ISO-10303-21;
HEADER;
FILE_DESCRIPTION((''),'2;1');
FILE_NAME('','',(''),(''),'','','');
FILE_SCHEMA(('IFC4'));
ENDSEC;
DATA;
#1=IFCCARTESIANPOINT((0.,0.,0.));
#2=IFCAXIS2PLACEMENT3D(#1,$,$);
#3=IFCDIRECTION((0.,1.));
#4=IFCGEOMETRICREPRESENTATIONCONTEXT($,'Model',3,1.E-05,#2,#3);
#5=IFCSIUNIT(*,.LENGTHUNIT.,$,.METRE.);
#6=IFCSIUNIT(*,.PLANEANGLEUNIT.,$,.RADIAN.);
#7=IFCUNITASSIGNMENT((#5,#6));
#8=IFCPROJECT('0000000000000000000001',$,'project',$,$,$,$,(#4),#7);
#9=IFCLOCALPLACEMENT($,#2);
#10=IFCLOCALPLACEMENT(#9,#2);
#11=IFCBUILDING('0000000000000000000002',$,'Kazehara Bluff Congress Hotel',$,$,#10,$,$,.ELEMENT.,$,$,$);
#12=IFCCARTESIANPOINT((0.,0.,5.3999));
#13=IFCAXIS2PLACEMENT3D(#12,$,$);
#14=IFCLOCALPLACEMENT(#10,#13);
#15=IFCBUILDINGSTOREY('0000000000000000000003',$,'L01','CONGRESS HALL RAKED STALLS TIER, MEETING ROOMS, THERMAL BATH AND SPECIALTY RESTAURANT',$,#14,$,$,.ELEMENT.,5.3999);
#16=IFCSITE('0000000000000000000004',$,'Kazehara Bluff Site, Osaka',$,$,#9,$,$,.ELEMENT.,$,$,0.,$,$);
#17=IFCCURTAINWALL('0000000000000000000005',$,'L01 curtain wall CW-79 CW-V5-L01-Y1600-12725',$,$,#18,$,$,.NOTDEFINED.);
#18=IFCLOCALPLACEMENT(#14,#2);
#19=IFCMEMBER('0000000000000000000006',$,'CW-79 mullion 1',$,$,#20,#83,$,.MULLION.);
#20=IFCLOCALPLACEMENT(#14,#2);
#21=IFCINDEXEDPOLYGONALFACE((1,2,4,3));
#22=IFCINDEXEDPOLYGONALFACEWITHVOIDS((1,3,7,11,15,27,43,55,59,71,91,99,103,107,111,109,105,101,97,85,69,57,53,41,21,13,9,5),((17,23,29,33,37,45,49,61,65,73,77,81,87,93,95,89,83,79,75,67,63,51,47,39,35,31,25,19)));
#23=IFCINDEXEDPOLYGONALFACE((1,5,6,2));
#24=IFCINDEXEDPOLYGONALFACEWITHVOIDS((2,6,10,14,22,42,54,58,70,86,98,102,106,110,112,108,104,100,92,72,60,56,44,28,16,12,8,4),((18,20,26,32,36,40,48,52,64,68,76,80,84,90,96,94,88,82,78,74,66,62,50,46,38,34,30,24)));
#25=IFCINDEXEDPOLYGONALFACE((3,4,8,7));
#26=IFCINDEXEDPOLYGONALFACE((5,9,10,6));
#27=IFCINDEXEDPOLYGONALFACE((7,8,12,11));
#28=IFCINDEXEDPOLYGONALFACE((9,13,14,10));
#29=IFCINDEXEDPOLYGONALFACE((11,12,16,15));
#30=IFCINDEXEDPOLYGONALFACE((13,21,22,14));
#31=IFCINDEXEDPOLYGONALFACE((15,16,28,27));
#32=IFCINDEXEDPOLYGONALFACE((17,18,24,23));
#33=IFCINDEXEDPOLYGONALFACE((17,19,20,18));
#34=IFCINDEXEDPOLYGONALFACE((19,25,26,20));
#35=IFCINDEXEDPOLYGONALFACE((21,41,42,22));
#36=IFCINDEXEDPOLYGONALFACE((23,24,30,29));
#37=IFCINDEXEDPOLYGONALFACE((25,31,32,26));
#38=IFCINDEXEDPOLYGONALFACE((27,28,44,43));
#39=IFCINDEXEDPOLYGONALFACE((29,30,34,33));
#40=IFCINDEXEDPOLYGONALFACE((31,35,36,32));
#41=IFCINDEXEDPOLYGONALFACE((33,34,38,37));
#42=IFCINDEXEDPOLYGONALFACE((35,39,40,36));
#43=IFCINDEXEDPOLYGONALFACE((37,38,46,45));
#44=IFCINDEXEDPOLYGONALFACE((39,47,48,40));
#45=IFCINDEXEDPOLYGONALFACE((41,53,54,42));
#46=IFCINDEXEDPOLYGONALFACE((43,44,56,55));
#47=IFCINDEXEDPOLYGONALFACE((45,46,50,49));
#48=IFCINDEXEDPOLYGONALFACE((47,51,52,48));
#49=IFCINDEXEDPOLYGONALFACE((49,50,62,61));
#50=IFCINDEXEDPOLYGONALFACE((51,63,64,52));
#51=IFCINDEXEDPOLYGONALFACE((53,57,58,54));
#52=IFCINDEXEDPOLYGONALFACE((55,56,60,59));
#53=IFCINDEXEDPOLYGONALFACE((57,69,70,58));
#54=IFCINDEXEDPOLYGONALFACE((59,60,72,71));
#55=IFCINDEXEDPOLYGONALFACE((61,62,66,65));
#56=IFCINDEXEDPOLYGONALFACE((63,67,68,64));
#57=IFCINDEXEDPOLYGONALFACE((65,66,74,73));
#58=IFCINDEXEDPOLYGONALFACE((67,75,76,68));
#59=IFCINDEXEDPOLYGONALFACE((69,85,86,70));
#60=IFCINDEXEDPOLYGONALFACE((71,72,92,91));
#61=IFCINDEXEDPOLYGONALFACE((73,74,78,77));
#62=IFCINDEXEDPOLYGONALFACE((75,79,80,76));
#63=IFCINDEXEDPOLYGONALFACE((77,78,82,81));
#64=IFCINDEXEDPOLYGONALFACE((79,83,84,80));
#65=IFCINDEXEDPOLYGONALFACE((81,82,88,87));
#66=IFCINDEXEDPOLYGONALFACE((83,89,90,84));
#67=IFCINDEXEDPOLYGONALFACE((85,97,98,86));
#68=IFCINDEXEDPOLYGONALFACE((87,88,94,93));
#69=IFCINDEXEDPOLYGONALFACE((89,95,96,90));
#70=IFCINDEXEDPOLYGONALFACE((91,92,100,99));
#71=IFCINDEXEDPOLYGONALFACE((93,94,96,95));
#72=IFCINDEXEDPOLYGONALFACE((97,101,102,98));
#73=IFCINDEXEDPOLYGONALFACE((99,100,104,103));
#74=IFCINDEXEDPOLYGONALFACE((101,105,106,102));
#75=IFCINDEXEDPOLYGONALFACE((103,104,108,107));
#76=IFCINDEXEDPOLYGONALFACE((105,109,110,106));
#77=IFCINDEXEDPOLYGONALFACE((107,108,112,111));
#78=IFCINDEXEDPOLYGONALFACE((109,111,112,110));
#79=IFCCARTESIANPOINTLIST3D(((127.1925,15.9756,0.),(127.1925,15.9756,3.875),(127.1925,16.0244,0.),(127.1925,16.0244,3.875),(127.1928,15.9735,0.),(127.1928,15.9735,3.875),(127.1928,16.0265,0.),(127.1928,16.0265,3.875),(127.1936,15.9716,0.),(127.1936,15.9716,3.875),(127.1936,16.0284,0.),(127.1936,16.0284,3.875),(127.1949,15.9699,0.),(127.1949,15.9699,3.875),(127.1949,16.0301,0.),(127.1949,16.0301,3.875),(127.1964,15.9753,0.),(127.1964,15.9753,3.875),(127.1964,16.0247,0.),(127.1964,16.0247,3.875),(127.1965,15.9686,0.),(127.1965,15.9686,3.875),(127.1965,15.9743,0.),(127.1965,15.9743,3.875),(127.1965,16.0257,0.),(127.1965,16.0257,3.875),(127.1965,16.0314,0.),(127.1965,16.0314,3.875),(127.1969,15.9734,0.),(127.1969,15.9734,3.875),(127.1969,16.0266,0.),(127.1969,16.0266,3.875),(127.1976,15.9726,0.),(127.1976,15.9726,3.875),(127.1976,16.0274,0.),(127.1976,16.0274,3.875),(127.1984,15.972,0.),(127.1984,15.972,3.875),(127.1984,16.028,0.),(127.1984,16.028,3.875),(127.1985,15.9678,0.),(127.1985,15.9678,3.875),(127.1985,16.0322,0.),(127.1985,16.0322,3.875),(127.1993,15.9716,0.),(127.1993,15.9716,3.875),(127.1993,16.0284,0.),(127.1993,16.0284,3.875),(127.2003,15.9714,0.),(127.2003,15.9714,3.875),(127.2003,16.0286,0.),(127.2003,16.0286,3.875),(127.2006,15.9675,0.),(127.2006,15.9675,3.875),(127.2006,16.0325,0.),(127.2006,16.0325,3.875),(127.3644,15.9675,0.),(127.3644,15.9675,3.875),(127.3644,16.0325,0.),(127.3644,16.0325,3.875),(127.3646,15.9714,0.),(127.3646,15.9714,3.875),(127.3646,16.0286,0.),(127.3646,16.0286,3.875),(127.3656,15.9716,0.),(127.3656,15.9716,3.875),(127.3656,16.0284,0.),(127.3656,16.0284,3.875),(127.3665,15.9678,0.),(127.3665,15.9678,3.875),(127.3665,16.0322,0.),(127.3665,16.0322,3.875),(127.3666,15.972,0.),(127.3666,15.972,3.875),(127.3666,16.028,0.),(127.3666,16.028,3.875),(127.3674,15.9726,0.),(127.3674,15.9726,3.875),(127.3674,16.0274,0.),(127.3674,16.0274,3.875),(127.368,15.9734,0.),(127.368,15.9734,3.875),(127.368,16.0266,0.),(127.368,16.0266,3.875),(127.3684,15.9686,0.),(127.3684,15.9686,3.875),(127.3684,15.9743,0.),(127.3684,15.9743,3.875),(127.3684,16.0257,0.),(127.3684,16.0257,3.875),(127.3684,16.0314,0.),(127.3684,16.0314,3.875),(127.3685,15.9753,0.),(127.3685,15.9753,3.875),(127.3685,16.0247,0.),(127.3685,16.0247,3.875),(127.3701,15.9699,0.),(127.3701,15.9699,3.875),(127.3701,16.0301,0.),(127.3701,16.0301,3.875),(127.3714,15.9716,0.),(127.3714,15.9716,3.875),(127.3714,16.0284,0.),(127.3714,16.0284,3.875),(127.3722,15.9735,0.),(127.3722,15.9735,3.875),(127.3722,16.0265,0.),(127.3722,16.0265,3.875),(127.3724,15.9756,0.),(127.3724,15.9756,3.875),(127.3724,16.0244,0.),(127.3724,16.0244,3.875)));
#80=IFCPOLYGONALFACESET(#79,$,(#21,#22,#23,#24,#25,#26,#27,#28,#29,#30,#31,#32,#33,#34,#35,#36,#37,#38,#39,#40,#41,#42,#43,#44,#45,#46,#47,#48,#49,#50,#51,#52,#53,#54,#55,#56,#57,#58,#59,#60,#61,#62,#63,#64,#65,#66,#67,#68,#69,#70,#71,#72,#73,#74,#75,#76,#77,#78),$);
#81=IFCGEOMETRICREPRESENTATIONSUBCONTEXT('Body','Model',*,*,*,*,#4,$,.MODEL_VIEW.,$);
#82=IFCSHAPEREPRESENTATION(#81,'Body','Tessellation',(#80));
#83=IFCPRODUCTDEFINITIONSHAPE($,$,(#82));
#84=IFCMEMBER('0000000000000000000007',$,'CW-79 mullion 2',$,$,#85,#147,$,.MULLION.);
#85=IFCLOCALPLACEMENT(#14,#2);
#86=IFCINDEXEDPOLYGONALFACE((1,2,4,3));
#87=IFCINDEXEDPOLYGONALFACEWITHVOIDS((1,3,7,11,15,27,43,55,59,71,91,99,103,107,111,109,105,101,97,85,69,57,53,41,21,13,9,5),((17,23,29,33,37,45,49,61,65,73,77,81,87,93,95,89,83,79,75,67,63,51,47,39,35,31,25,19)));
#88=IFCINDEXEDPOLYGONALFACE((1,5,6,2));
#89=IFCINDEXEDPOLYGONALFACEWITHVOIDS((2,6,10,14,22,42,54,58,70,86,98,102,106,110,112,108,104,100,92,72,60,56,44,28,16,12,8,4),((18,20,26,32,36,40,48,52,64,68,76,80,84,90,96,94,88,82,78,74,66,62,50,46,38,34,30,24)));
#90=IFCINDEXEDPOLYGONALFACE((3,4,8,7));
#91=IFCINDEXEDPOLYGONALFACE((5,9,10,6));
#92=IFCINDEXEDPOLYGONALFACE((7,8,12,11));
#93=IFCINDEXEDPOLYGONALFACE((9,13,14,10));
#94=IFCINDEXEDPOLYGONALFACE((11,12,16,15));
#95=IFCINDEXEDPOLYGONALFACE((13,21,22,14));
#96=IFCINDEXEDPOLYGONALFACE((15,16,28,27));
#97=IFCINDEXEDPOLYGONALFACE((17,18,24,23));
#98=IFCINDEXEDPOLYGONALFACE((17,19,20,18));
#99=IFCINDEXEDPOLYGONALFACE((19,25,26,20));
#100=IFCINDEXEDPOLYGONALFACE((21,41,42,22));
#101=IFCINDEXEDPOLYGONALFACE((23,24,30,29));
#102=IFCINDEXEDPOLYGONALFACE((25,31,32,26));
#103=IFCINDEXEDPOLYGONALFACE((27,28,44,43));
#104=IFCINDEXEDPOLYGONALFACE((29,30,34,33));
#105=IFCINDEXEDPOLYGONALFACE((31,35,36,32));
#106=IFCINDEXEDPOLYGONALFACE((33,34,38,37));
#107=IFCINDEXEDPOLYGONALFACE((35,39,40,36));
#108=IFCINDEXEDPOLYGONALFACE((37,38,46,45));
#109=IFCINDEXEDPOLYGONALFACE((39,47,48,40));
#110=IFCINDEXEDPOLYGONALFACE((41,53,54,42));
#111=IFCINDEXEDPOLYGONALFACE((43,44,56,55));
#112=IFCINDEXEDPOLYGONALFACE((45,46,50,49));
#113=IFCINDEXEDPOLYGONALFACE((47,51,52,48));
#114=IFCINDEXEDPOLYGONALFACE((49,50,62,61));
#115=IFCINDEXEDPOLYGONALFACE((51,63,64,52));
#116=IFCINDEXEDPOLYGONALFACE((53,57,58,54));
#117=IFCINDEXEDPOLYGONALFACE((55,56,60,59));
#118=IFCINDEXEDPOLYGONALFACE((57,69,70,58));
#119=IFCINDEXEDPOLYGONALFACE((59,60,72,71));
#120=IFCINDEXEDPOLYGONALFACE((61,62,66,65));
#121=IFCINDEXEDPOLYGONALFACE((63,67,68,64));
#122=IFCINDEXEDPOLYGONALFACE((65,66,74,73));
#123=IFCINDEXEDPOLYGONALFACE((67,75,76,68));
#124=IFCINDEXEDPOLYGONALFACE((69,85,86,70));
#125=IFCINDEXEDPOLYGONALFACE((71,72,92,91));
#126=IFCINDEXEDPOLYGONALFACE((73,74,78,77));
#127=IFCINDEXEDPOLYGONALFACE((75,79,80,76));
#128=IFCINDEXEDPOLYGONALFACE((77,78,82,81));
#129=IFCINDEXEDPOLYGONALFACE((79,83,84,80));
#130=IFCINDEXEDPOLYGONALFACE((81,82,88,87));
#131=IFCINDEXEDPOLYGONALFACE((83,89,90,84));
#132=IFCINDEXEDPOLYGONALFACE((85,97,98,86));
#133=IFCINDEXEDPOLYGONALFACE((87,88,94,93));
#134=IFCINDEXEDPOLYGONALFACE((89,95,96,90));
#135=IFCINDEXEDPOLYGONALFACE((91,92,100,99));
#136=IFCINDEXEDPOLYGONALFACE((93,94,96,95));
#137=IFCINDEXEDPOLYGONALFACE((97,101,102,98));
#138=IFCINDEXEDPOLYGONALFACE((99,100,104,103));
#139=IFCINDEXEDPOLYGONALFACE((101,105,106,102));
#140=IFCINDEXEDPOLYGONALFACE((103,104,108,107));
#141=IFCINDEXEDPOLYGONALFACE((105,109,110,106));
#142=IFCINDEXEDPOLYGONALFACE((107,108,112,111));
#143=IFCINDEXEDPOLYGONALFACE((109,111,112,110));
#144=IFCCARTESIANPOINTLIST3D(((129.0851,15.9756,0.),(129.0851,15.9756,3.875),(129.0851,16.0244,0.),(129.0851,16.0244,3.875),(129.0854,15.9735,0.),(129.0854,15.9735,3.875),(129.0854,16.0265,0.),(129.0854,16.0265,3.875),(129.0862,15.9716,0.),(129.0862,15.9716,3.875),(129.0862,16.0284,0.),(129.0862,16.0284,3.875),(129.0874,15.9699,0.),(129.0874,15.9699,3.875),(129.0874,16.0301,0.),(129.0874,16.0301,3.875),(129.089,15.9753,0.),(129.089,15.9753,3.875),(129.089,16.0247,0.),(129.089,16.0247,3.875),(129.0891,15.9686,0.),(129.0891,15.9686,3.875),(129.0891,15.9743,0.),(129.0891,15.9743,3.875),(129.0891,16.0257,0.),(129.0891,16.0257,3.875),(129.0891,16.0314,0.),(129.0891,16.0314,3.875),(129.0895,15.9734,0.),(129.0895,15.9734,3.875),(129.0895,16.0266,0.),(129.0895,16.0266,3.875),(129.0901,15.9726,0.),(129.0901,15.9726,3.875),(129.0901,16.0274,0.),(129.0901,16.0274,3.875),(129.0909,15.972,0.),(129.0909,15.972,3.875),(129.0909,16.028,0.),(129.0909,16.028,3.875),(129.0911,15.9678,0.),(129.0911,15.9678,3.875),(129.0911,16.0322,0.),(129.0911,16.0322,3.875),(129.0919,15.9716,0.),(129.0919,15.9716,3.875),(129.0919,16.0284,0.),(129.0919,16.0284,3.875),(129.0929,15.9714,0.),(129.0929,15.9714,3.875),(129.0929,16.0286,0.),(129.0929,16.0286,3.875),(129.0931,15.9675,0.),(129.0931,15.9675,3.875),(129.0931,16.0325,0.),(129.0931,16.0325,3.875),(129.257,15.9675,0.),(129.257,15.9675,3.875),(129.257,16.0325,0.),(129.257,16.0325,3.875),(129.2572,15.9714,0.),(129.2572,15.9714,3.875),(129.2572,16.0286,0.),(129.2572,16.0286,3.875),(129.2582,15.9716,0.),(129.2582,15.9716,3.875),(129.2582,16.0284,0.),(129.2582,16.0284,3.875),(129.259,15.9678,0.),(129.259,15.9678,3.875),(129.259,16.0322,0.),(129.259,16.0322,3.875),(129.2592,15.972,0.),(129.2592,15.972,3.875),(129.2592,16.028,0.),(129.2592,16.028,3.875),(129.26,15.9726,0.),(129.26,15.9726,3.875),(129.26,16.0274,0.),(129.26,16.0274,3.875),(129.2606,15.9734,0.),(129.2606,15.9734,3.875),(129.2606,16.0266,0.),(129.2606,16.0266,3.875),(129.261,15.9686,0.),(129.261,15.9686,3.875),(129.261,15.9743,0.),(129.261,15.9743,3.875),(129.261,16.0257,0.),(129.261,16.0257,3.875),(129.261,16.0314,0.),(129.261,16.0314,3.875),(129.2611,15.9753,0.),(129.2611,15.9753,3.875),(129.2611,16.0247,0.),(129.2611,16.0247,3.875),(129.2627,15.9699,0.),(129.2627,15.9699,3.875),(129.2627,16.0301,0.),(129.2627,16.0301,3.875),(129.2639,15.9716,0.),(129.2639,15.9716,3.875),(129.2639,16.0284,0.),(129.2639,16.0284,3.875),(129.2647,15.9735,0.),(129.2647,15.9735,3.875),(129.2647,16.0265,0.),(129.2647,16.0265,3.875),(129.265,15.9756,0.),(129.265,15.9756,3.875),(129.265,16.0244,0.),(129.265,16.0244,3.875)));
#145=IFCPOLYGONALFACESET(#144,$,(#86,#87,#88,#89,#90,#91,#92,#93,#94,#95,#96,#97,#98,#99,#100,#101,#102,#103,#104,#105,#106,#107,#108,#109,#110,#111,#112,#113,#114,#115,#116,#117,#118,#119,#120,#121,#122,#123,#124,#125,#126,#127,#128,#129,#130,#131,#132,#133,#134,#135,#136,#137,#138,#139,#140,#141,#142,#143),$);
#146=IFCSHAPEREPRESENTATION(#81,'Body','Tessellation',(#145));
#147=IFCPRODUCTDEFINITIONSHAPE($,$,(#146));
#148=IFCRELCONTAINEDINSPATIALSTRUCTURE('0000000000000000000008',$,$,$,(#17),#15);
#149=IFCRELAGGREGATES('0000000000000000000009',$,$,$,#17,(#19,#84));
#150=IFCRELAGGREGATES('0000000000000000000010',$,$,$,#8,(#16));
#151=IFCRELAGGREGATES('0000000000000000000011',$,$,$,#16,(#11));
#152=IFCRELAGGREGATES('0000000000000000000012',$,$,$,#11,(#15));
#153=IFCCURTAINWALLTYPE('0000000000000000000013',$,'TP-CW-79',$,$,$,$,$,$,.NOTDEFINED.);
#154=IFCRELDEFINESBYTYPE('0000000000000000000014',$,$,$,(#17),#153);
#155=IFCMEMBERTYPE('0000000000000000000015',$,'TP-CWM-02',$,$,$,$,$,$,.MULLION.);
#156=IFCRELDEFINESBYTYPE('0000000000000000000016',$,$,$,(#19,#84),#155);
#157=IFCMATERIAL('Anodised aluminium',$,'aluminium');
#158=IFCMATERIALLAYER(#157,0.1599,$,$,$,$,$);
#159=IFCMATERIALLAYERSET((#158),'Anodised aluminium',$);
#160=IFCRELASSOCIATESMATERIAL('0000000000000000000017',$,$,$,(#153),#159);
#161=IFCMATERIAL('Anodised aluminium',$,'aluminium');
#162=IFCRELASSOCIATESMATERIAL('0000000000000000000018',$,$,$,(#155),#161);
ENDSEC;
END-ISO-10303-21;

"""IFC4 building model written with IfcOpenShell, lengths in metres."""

from ifc_helpers import new_model, si_unit, direction, frame, origin, origin_2d, place, context, subcontext, project, spatial, hollow_rectangle, extrude, material, layer, layer_set, material_profile, profile_set, type_object, element, aggregate, save


model = new_model("IFC4")

# Units and contexts
model_context = context("Model", 3, precision=1e-05, world=origin(), true_north=direction((0.0, 1.0)))
body_context = subcontext(model_context, "Body", "Model", "MODEL_VIEW")
ifc_project = project(units=[si_unit("LENGTHUNIT", "METRE"), si_unit("PLANEANGLEUNIT", "RADIAN")], contexts=[model_context])

# Site, building, storey
site_placement = place(None, origin())
site = spatial("IfcSite", under=ifc_project, at=site_placement, Name="Kazehara Bluff Site, Osaka", CompositionType="ELEMENT", RefElevation=0.0)
building_placement = place(site_placement, origin())
building = spatial("IfcBuilding", under=site, at=building_placement, Name="Kazehara Bluff Congress Hotel", CompositionType="ELEMENT")
storey_placement = place(building_placement, frame((0.0, 0.0, 5.3999)))
storey = spatial("IfcBuildingStorey", under=building, at=storey_placement, Name="L01", Description="CONGRESS HALL RAKED STALLS TIER, MEETING ROOMS, THERMAL BATH AND SPECIALTY RESTAURANT", CompositionType="ELEMENT", Elevation=5.3999)

# Curtain wall, members
ifc_material_1 = material(Name="Anodised aluminium", Category="aluminium")
ifc_layer_1 = layer(ifc_material_1, 0.1599)
ifc_layer_set_1 = layer_set([ifc_layer_1], Name="Anodised aluminium")
curtain_wall_type = type_object("IfcCurtainWallType", Name="TP-CW-79", PredefinedType="NOTDEFINED", material=ifc_layer_set_1)
curtain_wall_placement = place(storey_placement, origin())
curtain_wall = element("IfcCurtainWall", 1, at=curtain_wall_placement, inside=storey, type_object=curtain_wall_type, Name="L01 curtain wall CW-79 CW-V5-L01-Y1600-12725", PredefinedType="NOTDEFINED")
ifc_material_2 = material(Name="Anodised aluminium", Category="aluminium")
ifc_material_profile_1 = material_profile(ifc_material_2, hollow_rectangle(XDim=0.0649, YDim=0.1799, WallThickness=0.0039, InnerFilletRadius=0.0039, OuterFilletRadius=0.0081, at=origin_2d()))
ifc_profile_set_1 = profile_set([ifc_material_profile_1], Name="Anodised aluminium")
member_type_1 = type_object("IfcMemberType", Name="TP-CWM-02", PredefinedType="MULLION", material=ifc_profile_set_1)
member_1_placement = place(storey_placement, frame((127.2825, 16.0, 0.0), z_axis=(0.0, 0.0, 1.0), x_axis=(0.0, 1.0, 0.0)))
member_1 = element("IfcMember", 2, at=member_1_placement, type_object=member_type_1, Name="CW-79 mullion 1", PredefinedType="MULLION", context=body_context, shape_type="SweptSolid", body=[
    extrude(hollow_rectangle(XDim=0.0649, YDim=0.1799, WallThickness=0.0039, InnerFilletRadius=0.0039, OuterFilletRadius=0.0081, at=origin_2d()), origin(), (0.0, 0.0, 1.0), 3.875),
])
member_2_placement = place(storey_placement, frame((129.175, 16.0, 0.0), z_axis=(0.0, 0.0, 1.0), x_axis=(0.0, 1.0, 0.0)))
member_2 = element("IfcMember", 3, at=member_2_placement, type_object=member_type_1, Name="CW-79 mullion 2", PredefinedType="MULLION", context=body_context, shape_type="SweptSolid", body=[
    extrude(hollow_rectangle(XDim=0.0649, YDim=0.1799, WallThickness=0.0039, InnerFilletRadius=0.0039, OuterFilletRadius=0.0081, at=origin_2d()), origin(), (0.0, 0.0, 1.0), 3.875),
])

aggregate(curtain_wall, [member_1, member_2])

save(model, "model.ifc")
